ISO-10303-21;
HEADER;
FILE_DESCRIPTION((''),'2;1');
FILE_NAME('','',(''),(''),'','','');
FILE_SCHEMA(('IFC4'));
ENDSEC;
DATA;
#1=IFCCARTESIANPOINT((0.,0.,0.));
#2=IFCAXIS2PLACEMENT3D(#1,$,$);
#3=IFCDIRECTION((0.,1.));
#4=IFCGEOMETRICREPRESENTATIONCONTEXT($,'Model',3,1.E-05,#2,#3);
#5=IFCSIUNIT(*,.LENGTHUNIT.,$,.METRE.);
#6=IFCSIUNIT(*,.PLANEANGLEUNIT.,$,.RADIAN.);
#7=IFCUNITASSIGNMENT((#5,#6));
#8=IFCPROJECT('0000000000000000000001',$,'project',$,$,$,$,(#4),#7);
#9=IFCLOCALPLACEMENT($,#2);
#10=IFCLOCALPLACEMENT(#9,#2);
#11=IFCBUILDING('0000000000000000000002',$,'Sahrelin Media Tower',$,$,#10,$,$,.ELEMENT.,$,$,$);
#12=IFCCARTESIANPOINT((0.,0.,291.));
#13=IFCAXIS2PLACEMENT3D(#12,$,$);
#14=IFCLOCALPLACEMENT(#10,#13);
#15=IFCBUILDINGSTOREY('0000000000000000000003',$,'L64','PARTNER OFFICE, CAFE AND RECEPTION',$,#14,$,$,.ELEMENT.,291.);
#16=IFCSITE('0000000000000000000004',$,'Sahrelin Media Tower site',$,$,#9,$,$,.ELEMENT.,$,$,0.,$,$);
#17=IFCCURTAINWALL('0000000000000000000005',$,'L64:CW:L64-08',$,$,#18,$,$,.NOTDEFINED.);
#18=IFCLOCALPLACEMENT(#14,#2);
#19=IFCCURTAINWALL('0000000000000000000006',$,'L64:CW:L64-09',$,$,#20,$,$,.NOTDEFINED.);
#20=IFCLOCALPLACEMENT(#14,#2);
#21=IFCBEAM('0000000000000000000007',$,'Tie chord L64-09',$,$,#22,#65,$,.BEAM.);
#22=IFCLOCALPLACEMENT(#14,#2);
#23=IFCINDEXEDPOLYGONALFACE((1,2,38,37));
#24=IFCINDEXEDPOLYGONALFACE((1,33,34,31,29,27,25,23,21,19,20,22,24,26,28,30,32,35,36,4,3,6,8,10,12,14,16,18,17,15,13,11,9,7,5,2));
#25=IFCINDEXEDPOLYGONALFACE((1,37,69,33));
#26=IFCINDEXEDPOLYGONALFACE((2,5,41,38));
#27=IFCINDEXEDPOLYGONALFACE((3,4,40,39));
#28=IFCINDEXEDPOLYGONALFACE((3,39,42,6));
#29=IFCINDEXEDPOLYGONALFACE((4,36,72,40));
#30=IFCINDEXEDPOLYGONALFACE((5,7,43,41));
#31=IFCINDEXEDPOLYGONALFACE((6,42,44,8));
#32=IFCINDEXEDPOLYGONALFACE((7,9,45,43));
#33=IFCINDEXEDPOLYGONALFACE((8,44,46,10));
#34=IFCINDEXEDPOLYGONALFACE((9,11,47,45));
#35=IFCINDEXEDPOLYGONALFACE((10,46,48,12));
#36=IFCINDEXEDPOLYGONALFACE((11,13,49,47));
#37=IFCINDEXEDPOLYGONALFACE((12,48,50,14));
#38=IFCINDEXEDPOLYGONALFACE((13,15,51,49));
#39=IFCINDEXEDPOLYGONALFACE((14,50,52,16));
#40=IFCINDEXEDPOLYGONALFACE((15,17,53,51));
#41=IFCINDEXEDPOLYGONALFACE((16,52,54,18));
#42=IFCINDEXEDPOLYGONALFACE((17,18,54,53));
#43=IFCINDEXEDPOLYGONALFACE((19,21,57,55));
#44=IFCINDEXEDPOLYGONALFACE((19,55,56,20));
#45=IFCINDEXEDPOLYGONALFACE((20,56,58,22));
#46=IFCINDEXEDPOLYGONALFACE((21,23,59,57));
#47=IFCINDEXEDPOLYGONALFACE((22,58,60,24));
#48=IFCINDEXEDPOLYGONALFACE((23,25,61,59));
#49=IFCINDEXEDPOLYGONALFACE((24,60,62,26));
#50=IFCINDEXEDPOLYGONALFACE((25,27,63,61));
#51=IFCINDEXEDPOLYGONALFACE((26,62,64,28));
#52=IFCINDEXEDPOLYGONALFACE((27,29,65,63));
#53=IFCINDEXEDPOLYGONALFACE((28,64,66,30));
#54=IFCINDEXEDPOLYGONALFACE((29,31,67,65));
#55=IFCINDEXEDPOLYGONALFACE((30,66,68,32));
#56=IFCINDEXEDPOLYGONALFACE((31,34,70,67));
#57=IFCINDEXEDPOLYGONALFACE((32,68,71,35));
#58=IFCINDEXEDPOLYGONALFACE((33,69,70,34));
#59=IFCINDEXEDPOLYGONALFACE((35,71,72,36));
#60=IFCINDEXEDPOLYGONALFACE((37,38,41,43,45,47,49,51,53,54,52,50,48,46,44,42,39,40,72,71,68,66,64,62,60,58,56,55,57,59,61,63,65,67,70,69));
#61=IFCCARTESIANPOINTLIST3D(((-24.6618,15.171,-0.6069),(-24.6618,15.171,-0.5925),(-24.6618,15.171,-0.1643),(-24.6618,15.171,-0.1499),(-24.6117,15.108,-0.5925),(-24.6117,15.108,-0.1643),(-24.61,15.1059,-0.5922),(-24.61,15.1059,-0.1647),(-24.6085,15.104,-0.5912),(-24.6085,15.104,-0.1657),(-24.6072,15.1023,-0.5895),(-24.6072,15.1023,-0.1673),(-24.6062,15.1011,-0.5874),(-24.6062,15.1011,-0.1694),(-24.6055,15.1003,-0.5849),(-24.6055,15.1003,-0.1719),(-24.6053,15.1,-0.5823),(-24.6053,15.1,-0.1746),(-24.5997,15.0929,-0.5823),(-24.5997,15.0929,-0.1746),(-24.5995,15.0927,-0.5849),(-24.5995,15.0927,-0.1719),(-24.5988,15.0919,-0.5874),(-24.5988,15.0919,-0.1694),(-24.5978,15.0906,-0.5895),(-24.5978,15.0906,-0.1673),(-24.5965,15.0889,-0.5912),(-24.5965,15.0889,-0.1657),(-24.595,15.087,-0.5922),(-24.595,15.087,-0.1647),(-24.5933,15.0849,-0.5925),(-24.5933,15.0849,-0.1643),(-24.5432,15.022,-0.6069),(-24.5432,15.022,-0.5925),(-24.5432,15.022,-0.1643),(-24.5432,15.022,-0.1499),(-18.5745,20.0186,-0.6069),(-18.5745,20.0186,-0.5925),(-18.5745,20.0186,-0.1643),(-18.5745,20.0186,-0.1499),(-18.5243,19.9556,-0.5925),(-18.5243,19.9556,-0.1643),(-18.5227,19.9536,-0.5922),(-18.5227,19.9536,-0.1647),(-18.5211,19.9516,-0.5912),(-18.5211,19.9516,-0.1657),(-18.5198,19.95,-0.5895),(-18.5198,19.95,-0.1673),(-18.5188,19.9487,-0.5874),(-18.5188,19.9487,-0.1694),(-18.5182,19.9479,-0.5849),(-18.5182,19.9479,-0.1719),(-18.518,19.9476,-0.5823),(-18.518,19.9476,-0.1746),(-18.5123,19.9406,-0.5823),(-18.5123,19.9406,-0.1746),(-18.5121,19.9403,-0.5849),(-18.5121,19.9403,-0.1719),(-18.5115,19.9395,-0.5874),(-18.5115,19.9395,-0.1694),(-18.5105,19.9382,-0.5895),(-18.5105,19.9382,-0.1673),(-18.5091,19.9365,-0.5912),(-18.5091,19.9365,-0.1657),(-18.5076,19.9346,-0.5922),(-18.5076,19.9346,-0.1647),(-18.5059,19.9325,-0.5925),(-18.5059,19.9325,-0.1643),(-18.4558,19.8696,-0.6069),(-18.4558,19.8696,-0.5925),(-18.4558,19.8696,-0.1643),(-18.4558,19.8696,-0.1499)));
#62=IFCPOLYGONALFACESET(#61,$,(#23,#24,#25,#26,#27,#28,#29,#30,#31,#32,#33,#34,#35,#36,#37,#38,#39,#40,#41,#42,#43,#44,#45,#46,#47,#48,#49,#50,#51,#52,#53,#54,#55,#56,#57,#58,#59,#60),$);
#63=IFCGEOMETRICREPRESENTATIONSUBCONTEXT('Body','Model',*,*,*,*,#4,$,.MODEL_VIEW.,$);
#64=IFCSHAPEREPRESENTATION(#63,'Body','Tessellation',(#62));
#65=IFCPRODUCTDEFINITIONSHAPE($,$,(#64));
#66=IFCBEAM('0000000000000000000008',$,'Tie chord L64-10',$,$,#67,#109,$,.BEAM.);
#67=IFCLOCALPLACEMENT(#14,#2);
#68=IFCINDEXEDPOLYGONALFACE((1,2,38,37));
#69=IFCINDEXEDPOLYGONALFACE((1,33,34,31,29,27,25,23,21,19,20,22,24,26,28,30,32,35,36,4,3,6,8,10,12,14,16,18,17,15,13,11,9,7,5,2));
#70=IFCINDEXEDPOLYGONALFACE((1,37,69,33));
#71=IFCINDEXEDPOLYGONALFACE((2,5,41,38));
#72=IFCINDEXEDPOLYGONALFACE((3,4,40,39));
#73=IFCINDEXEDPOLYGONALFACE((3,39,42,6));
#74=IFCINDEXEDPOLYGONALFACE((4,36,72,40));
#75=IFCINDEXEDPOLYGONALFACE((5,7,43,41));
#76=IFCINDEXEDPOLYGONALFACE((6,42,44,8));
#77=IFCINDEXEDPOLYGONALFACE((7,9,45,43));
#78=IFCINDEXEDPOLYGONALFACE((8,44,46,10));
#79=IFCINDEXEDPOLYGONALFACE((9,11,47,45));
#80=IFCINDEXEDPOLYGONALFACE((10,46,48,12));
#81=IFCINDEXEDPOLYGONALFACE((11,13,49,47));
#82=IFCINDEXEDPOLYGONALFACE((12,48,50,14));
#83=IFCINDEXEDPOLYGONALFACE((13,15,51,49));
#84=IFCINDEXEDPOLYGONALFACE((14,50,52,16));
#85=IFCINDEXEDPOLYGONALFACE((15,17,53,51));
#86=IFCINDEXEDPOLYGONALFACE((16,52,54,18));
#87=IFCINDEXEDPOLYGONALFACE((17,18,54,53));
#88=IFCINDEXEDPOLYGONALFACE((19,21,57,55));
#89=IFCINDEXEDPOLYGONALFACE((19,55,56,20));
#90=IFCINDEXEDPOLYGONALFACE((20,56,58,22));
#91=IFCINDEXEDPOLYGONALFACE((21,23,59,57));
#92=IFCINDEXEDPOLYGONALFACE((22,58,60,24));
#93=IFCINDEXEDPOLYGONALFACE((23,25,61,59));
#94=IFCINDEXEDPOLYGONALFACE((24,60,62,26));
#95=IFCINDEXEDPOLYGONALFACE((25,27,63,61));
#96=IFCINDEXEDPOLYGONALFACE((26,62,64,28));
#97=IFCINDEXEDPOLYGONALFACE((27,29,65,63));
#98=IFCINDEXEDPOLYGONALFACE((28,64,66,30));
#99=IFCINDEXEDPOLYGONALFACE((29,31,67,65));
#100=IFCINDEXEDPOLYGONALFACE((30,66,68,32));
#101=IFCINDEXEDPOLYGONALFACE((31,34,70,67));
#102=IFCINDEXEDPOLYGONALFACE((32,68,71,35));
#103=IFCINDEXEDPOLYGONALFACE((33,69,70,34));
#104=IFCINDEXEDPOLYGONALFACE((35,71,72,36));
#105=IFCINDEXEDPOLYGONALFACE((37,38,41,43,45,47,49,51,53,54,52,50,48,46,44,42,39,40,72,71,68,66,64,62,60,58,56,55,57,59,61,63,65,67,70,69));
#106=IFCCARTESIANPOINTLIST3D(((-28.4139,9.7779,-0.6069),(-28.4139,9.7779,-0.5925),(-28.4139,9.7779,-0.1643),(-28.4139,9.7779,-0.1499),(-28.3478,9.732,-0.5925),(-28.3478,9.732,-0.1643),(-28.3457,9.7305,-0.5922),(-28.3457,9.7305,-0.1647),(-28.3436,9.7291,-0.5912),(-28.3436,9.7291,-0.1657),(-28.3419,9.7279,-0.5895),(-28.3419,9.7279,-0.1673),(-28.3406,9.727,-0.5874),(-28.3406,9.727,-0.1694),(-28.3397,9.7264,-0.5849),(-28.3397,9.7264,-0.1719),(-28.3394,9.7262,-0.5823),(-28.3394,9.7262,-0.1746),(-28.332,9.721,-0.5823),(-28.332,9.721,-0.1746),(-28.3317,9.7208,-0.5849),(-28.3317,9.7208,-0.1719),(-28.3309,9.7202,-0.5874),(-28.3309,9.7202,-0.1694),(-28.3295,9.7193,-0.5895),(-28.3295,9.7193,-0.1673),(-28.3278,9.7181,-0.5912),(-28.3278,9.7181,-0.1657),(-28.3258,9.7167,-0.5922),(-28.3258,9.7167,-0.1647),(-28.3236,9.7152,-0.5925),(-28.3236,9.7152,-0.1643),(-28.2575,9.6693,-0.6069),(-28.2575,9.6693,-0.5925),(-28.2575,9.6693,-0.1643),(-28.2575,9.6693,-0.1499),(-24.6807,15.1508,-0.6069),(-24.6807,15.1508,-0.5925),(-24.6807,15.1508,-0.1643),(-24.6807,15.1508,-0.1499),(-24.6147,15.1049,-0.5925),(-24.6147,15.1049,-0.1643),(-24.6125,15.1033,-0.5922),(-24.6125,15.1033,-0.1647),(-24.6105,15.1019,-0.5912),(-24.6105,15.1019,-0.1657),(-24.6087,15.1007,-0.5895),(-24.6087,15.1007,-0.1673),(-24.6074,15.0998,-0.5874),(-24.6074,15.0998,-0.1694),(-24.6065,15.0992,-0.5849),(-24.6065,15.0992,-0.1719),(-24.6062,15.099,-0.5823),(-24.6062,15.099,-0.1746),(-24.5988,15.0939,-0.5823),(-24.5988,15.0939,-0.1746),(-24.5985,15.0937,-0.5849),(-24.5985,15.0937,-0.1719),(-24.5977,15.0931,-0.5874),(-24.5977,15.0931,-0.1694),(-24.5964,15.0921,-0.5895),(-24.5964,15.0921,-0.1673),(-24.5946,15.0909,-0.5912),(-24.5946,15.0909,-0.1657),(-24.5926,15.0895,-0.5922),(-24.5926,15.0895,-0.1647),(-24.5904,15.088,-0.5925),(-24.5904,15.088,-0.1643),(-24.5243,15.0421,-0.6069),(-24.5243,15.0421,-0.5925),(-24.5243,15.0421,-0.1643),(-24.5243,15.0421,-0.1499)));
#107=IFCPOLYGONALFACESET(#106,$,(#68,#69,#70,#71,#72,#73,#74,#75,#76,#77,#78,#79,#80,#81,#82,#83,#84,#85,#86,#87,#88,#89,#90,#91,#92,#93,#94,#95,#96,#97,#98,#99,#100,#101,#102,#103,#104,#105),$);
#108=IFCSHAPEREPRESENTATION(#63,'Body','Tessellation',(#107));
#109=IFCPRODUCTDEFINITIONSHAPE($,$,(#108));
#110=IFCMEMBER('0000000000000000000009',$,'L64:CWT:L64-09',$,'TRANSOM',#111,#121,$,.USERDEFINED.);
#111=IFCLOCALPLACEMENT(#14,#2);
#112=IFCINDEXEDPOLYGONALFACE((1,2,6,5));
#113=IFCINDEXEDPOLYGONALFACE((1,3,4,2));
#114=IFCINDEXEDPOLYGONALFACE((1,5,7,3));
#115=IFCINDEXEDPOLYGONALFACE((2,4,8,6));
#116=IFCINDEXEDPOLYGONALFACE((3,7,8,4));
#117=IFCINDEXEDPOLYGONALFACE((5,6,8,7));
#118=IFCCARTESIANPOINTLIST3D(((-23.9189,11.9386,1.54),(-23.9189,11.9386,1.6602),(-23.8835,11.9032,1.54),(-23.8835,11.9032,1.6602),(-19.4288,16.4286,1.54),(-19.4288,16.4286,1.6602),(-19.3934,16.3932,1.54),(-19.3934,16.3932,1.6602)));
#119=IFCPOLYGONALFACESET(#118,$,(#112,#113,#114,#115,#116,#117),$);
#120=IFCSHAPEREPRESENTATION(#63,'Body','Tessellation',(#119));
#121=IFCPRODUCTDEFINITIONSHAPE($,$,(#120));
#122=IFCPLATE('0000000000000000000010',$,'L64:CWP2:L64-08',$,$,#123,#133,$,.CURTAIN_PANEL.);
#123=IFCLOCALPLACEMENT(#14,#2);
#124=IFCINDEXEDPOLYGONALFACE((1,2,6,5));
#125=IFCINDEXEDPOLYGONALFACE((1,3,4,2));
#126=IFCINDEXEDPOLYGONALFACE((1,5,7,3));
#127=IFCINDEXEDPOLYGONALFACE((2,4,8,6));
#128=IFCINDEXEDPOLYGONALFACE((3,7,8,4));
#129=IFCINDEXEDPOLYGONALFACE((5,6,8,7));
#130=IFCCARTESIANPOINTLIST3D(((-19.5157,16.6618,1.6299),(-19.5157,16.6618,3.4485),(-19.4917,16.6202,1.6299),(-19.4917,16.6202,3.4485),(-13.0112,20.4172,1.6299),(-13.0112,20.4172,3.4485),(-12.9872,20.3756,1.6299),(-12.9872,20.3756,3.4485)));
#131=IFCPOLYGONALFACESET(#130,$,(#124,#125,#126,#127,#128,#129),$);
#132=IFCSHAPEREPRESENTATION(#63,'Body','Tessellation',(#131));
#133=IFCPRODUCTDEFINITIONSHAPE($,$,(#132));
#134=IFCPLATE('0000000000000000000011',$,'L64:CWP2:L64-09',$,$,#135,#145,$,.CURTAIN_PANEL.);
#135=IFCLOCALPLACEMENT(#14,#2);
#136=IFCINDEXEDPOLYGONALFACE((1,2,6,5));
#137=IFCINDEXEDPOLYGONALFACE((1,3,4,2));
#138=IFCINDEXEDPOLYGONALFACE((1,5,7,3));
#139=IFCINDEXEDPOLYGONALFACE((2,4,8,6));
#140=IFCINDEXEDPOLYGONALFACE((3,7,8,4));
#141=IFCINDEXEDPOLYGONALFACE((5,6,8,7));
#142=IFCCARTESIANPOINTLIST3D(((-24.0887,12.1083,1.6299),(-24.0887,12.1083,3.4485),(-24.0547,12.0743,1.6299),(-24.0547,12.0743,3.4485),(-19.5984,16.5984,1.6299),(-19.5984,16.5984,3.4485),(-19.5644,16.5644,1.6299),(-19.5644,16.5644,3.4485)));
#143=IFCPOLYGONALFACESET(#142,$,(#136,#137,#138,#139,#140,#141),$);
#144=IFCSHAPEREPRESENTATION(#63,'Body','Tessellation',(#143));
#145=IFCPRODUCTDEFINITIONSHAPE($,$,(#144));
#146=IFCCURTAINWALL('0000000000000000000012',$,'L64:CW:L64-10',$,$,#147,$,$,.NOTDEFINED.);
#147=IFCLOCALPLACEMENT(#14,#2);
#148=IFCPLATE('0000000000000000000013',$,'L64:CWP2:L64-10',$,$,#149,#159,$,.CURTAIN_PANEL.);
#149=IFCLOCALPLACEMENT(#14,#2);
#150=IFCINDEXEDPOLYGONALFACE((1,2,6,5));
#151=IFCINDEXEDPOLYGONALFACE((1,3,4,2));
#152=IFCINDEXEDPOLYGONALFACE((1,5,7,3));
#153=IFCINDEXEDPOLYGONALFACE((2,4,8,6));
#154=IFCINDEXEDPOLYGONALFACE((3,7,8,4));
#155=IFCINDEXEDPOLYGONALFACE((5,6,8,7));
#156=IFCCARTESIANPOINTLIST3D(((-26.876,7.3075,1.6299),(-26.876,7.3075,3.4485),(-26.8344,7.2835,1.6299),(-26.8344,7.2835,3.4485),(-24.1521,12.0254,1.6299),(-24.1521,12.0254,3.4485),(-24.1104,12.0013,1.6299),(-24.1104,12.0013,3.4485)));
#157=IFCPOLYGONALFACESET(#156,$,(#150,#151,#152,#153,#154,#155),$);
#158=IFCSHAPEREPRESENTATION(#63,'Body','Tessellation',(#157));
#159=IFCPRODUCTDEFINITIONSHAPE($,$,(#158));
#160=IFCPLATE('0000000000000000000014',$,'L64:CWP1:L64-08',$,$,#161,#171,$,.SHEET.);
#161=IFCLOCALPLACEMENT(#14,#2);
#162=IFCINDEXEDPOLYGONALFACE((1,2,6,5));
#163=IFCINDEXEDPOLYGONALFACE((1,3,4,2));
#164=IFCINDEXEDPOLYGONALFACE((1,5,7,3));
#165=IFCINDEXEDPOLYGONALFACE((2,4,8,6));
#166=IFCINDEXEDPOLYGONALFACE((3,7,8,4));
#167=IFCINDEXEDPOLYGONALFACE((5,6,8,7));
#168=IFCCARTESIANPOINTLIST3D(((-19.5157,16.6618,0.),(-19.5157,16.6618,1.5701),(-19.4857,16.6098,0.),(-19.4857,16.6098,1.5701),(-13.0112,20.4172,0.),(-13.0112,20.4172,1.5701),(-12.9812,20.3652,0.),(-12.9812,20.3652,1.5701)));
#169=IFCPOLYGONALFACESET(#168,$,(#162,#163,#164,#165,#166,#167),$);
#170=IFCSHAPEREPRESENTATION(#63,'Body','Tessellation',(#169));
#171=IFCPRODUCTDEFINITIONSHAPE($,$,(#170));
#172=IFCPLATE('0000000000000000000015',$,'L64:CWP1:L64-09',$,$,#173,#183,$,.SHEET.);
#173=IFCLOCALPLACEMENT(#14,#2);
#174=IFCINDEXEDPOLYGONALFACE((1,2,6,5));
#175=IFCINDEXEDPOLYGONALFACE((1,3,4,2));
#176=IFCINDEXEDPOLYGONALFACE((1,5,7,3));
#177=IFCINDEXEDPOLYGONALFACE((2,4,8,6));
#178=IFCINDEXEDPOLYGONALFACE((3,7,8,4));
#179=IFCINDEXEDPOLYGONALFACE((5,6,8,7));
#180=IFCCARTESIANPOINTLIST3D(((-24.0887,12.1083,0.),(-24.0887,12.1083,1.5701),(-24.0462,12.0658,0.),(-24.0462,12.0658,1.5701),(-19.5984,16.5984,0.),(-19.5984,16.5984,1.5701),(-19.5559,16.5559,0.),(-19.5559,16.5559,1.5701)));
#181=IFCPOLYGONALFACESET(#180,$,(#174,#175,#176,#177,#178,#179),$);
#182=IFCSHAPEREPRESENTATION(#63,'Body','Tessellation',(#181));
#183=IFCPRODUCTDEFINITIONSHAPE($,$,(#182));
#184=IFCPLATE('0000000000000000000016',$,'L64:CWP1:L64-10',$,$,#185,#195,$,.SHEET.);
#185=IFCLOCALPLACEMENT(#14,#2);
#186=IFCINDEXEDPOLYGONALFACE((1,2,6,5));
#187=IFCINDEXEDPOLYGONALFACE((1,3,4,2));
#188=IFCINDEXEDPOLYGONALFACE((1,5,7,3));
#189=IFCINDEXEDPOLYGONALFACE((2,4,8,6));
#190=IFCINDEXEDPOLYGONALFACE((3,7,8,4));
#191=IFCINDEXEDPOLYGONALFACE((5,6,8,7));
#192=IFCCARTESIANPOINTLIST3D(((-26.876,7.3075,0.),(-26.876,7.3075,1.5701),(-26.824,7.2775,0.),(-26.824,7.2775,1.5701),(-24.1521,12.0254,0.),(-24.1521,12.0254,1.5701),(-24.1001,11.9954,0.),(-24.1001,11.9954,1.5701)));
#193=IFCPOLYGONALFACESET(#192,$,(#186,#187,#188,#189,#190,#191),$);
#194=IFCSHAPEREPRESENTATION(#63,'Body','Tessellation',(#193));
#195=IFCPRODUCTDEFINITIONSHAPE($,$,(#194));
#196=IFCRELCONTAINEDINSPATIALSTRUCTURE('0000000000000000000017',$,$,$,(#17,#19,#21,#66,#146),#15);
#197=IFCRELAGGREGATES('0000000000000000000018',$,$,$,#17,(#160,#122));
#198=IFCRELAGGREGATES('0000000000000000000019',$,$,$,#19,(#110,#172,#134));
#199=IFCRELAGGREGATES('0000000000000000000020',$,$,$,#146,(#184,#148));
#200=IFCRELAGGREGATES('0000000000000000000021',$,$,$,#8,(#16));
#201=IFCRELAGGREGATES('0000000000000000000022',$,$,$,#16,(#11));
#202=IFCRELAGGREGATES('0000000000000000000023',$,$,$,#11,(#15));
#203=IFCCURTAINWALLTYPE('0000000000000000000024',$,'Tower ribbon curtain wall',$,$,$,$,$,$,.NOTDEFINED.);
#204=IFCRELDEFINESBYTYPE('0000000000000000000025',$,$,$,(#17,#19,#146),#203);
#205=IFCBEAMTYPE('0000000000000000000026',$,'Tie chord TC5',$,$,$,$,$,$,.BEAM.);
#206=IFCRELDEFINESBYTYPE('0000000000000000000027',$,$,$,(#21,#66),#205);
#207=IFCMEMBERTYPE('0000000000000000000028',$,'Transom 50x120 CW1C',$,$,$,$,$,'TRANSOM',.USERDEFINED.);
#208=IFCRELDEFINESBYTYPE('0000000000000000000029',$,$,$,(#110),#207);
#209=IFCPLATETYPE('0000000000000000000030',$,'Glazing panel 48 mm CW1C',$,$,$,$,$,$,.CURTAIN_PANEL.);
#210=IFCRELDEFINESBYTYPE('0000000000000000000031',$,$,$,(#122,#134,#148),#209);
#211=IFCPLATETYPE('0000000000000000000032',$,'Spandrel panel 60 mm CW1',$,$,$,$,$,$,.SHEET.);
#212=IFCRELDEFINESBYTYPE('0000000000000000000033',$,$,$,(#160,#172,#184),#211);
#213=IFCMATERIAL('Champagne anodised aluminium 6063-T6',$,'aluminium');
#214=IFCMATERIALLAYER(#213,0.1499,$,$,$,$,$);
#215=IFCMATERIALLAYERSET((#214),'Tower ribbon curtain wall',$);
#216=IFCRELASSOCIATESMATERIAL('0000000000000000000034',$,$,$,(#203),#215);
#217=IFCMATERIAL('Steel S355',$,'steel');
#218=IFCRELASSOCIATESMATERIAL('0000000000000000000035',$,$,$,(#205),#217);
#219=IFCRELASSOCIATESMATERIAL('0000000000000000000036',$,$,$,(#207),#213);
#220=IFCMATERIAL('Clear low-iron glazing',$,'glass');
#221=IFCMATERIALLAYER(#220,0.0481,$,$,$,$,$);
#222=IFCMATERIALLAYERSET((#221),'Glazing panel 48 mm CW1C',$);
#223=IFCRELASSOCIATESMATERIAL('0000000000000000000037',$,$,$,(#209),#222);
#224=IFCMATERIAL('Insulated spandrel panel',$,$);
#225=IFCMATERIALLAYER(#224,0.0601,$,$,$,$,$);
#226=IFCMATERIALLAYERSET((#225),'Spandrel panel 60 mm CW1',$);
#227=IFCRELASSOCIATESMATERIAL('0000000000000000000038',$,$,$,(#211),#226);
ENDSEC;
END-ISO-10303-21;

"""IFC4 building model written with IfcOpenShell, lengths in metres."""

from ifc_helpers import new_model, si_unit, direction, frame, origin, origin_2d, place, context, subcontext, project, spatial, polyline, rectangle, i_section, outline, extrude, material, layer, layer_set, material_profile, profile_set, type_object, element, aggregate, save


model = new_model("IFC4")

# Units and contexts
model_context = context("Model", 3, precision=1e-05, world=origin(), true_north=direction((0.0, 1.0)))
body_context = subcontext(model_context, "Body", "Model", "MODEL_VIEW")
ifc_project = project(units=[si_unit("LENGTHUNIT", "METRE"), si_unit("PLANEANGLEUNIT", "RADIAN")], contexts=[model_context])

# Site, building, storey
site_placement = place(None, origin())
site = spatial("IfcSite", under=ifc_project, at=site_placement, Name="Sahrelin Media Tower site", CompositionType="ELEMENT", RefElevation=0.0)
building_placement = place(site_placement, origin())
building = spatial("IfcBuilding", under=site, at=building_placement, Name="Sahrelin Media Tower", CompositionType="ELEMENT")
storey_placement = place(building_placement, frame((0.0, 0.0, 291.0)))
storey = spatial("IfcBuildingStorey", under=building, at=storey_placement, Name="L64", Description="PARTNER OFFICE, CAFE AND RECEPTION", CompositionType="ELEMENT", Elevation=291.0)

# Shared definitions
ifc_material_1 = material(Name="Steel S355", Category="steel")

# Curtain walls
ifc_material_2 = material(Name="Champagne anodised aluminium 6063-T6", Category="aluminium")
ifc_layer_1 = layer(ifc_material_2, 0.1499)
ifc_layer_set_1 = layer_set([ifc_layer_1], Name="Tower ribbon curtain wall")
curtain_wall_type = type_object("IfcCurtainWallType", Name="Tower ribbon curtain wall", PredefinedType="NOTDEFINED", material=ifc_layer_set_1)
curtain_wall_1_placement = place(storey_placement, frame((-16.2534, 18.5222, 0.0), z_axis=(0.0, 0.0, 1.0), x_axis=(1.0, 0.0, 0.0)))
curtain_wall_1 = element("IfcCurtainWall", 1, at=curtain_wall_1_placement, inside=storey, type_object=curtain_wall_type, Name="L64:CW:L64-08", PredefinedType="NOTDEFINED")
curtain_wall_2_placement = place(storey_placement, frame((-21.8293, 14.3391, 0.0), z_axis=(0.0, 0.0, 1.0), x_axis=(1.0, 0.0, 0.0)))
curtain_wall_2 = element("IfcCurtainWall", 2, at=curtain_wall_2_placement, inside=storey, type_object=curtain_wall_type, Name="L64:CW:L64-09", PredefinedType="NOTDEFINED")

# Beams
ifc_material_profile_1 = material_profile(ifc_material_1, i_section(OverallWidth=0.1904, OverallDepth=0.457, WebThickness=0.009, FlangeThickness=0.0144, FilletRadius=0.0103, at=origin_2d()), Name="UB 457x191x74")
ifc_profile_set_1 = profile_set([ifc_material_profile_1], Name="Steel S355")
beam_type_1 = type_object("IfcBeamType", Name="Tie chord TC5", PredefinedType="BEAM", material=ifc_profile_set_1)
beam_1_placement = place(storey_placement, frame((-18.5151, 19.9441, -0.3784), z_axis=(-0.782263, -0.622949, 0.0), x_axis=(0.622949, -0.782263, 0.0)))
element("IfcBeam", 3, at=beam_1_placement, inside=storey, type_object=beam_type_1, Name="Tie chord L64-09", PredefinedType="BEAM", context=body_context, shape_type="SweptSolid", body=[
    extrude(i_section(OverallWidth=0.1904, OverallDepth=0.457, WebThickness=0.009, FlangeThickness=0.0144, FilletRadius=0.0103, at=origin_2d()), origin(), (0.0, 0.0, 1.0), 7.7817),
])
beam_2_placement = place(storey_placement, frame((-24.6025, 15.0964, -0.3784), z_axis=(-0.570606, -0.821224, 0.0), x_axis=(0.821224, -0.570606, 0.0)))
element("IfcBeam", 4, at=beam_2_placement, inside=storey, type_object=beam_type_1, Name="Tie chord L64-10", PredefinedType="BEAM", context=body_context, shape_type="SweptSolid", body=[
    extrude(i_section(OverallWidth=0.1904, OverallDepth=0.457, WebThickness=0.009, FlangeThickness=0.0144, FilletRadius=0.0103, at=origin_2d()), origin(), (0.0, 0.0, 1.0), 6.5425),
])

# Member
ifc_material_profile_2 = material_profile(ifc_material_2, rectangle(XDim=0.05, YDim=0.1201, at=origin_2d()), Name="Transom 50x120")
ifc_profile_set_2 = profile_set([ifc_material_profile_2], Name="Champagne anodised aluminium 6063-T6")
member_type_1 = type_object("IfcMemberType", Name="Transom 50x120 CW1C", ElementType="TRANSOM", PredefinedType="USERDEFINED", material=ifc_profile_set_2)
member_1_placement = place(storey_placement, frame((-19.4111, 16.4109, 1.6001), z_axis=(-0.707107, -0.707107, 0.0), x_axis=(0.707107, -0.707107, 0.0)))
member_1 = element("IfcMember", 5, at=member_1_placement, type_object=member_type_1, Name="L64:CWT:L64-09", ObjectType="TRANSOM", PredefinedType="USERDEFINED", context=body_context, shape_type="SweptSolid", body=[
    extrude(rectangle(XDim=0.05, YDim=0.1201, at=origin_2d()), origin(), (0.0, 0.0, 1.0), 6.3499),
])

# Plates
ifc_material_3 = material(Name="Clear low-iron glazing", Category="glass")
ifc_layer_2 = layer(ifc_material_3, 0.0481)
ifc_layer_set_2 = layer_set([ifc_layer_2], Name="Glazing panel 48 mm CW1C")
plate_type_1 = type_object("IfcPlateType", Name="Glazing panel 48 mm CW1C", PredefinedType="CURTAIN_PANEL", material=ifc_layer_set_2)
plate_1_placement = place(storey_placement, frame((-13.0112, 20.4172, 1.6299), z_axis=(-0.500006, 0.866022, 0.0), x_axis=(-0.866022, -0.500006, 0.0)))
plate_1 = element("IfcPlate", 6, at=plate_1_placement, type_object=plate_type_1, Name="L64:CWP2:L64-08", PredefinedType="CURTAIN_PANEL", context=body_context, shape_type="SweptSolid", body=[
    extrude(outline(polyline([(0.0, 0.0), (7.5107, 0.0), (7.5107, 1.8186), (0.0, 1.8186), (0.0, 0.0)])), origin(), (0.0, 0.0, -1.0), 0.0481),
])
plate_2_placement = place(storey_placement, frame((-19.5984, 16.5984, 1.6299), z_axis=(-0.707088, 0.707126, 0.0), x_axis=(-0.707126, -0.707088, 0.0)))
plate_2 = element("IfcPlate", 7, at=plate_2_placement, type_object=plate_type_1, Name="L64:CWP2:L64-09", PredefinedType="CURTAIN_PANEL", context=body_context, shape_type="SweptSolid", body=[
    extrude(outline(polyline([(0.0, 0.0), (6.3501, 0.0), (6.3501, 1.8186), (0.0, 1.8186), (0.0, 0.0)])), origin(), (0.0, 0.0, -1.0), 0.0481),
])

# Curtain wall, plate
curtain_wall_3_placement = place(storey_placement, frame((-25.4966, 9.6565, 0.0), z_axis=(0.0, 0.0, 1.0), x_axis=(1.0, 0.0, 0.0)))
curtain_wall_3 = element("IfcCurtainWall", 8, at=curtain_wall_3_placement, inside=storey, type_object=curtain_wall_type, Name="L64:CW:L64-10", PredefinedType="NOTDEFINED")
plate_3_placement = place(storey_placement, frame((-24.1521, 12.0254, 1.6299), z_axis=(-0.86602, 0.50001, 0.0), x_axis=(-0.50001, -0.86602, 0.0)))
plate_3 = element("IfcPlate", 9, at=plate_3_placement, type_object=plate_type_1, Name="L64:CWP2:L64-10", PredefinedType="CURTAIN_PANEL", context=body_context, shape_type="SweptSolid", body=[
    extrude(outline(polyline([(0.0, 0.0), (5.4478, 0.0), (5.4478, 1.8186), (0.0, 1.8186), (0.0, 0.0)])), origin(), (0.0, 0.0, -1.0), 0.0481),
])

# Plates
ifc_material_4 = material(Name="Insulated spandrel panel")
ifc_layer_3 = layer(ifc_material_4, 0.0601)
ifc_layer_set_3 = layer_set([ifc_layer_3], Name="Spandrel panel 60 mm CW1")
plate_type_2 = type_object("IfcPlateType", Name="Spandrel panel 60 mm CW1", PredefinedType="SHEET", material=ifc_layer_set_3)
plate_4_placement = place(storey_placement, frame((-13.0112, 20.4172, 0.0), z_axis=(-0.500006, 0.866022, 0.0), x_axis=(-0.866022, -0.500006, 0.0)))
plate_4 = element("IfcPlate", 10, at=plate_4_placement, type_object=plate_type_2, Name="L64:CWP1:L64-08", PredefinedType="SHEET", context=body_context, shape_type="SweptSolid", body=[
    extrude(outline(polyline([(0.0, 0.0), (7.5107, 0.0), (7.5107, 1.5701), (0.0, 1.5701), (0.0, 0.0)])), origin(), (0.0, 0.0, -1.0), 0.0601),
])
aggregate(curtain_wall_1, [plate_4, plate_1])
plate_5_placement = place(storey_placement, frame((-19.5984, 16.5984, 0.0), z_axis=(-0.707088, 0.707126, 0.0), x_axis=(-0.707126, -0.707088, 0.0)))
plate_5 = element("IfcPlate", 11, at=plate_5_placement, type_object=plate_type_2, Name="L64:CWP1:L64-09", PredefinedType="SHEET", context=body_context, shape_type="SweptSolid", body=[
    extrude(outline(polyline([(0.0, 0.0), (6.3501, 0.0), (6.3501, 1.5701), (0.0, 1.5701), (0.0, 0.0)])), origin(), (0.0, 0.0, -1.0), 0.0601),
])
aggregate(curtain_wall_2, [member_1, plate_5, plate_2])
plate_6_placement = place(storey_placement, frame((-24.1521, 12.0254, 0.0), z_axis=(-0.86602, 0.50001, 0.0), x_axis=(-0.50001, -0.86602, 0.0)))
plate_6 = element("IfcPlate", 12, at=plate_6_placement, type_object=plate_type_2, Name="L64:CWP1:L64-10", PredefinedType="SHEET", context=body_context, shape_type="SweptSolid", body=[
    extrude(outline(polyline([(0.0, 0.0), (5.4478, 0.0), (5.4478, 1.5701), (0.0, 1.5701), (0.0, 0.0)])), origin(), (0.0, 0.0, -1.0), 0.0601),
])
aggregate(curtain_wall_3, [plate_6, plate_3])

save(model, "model.ifc")
